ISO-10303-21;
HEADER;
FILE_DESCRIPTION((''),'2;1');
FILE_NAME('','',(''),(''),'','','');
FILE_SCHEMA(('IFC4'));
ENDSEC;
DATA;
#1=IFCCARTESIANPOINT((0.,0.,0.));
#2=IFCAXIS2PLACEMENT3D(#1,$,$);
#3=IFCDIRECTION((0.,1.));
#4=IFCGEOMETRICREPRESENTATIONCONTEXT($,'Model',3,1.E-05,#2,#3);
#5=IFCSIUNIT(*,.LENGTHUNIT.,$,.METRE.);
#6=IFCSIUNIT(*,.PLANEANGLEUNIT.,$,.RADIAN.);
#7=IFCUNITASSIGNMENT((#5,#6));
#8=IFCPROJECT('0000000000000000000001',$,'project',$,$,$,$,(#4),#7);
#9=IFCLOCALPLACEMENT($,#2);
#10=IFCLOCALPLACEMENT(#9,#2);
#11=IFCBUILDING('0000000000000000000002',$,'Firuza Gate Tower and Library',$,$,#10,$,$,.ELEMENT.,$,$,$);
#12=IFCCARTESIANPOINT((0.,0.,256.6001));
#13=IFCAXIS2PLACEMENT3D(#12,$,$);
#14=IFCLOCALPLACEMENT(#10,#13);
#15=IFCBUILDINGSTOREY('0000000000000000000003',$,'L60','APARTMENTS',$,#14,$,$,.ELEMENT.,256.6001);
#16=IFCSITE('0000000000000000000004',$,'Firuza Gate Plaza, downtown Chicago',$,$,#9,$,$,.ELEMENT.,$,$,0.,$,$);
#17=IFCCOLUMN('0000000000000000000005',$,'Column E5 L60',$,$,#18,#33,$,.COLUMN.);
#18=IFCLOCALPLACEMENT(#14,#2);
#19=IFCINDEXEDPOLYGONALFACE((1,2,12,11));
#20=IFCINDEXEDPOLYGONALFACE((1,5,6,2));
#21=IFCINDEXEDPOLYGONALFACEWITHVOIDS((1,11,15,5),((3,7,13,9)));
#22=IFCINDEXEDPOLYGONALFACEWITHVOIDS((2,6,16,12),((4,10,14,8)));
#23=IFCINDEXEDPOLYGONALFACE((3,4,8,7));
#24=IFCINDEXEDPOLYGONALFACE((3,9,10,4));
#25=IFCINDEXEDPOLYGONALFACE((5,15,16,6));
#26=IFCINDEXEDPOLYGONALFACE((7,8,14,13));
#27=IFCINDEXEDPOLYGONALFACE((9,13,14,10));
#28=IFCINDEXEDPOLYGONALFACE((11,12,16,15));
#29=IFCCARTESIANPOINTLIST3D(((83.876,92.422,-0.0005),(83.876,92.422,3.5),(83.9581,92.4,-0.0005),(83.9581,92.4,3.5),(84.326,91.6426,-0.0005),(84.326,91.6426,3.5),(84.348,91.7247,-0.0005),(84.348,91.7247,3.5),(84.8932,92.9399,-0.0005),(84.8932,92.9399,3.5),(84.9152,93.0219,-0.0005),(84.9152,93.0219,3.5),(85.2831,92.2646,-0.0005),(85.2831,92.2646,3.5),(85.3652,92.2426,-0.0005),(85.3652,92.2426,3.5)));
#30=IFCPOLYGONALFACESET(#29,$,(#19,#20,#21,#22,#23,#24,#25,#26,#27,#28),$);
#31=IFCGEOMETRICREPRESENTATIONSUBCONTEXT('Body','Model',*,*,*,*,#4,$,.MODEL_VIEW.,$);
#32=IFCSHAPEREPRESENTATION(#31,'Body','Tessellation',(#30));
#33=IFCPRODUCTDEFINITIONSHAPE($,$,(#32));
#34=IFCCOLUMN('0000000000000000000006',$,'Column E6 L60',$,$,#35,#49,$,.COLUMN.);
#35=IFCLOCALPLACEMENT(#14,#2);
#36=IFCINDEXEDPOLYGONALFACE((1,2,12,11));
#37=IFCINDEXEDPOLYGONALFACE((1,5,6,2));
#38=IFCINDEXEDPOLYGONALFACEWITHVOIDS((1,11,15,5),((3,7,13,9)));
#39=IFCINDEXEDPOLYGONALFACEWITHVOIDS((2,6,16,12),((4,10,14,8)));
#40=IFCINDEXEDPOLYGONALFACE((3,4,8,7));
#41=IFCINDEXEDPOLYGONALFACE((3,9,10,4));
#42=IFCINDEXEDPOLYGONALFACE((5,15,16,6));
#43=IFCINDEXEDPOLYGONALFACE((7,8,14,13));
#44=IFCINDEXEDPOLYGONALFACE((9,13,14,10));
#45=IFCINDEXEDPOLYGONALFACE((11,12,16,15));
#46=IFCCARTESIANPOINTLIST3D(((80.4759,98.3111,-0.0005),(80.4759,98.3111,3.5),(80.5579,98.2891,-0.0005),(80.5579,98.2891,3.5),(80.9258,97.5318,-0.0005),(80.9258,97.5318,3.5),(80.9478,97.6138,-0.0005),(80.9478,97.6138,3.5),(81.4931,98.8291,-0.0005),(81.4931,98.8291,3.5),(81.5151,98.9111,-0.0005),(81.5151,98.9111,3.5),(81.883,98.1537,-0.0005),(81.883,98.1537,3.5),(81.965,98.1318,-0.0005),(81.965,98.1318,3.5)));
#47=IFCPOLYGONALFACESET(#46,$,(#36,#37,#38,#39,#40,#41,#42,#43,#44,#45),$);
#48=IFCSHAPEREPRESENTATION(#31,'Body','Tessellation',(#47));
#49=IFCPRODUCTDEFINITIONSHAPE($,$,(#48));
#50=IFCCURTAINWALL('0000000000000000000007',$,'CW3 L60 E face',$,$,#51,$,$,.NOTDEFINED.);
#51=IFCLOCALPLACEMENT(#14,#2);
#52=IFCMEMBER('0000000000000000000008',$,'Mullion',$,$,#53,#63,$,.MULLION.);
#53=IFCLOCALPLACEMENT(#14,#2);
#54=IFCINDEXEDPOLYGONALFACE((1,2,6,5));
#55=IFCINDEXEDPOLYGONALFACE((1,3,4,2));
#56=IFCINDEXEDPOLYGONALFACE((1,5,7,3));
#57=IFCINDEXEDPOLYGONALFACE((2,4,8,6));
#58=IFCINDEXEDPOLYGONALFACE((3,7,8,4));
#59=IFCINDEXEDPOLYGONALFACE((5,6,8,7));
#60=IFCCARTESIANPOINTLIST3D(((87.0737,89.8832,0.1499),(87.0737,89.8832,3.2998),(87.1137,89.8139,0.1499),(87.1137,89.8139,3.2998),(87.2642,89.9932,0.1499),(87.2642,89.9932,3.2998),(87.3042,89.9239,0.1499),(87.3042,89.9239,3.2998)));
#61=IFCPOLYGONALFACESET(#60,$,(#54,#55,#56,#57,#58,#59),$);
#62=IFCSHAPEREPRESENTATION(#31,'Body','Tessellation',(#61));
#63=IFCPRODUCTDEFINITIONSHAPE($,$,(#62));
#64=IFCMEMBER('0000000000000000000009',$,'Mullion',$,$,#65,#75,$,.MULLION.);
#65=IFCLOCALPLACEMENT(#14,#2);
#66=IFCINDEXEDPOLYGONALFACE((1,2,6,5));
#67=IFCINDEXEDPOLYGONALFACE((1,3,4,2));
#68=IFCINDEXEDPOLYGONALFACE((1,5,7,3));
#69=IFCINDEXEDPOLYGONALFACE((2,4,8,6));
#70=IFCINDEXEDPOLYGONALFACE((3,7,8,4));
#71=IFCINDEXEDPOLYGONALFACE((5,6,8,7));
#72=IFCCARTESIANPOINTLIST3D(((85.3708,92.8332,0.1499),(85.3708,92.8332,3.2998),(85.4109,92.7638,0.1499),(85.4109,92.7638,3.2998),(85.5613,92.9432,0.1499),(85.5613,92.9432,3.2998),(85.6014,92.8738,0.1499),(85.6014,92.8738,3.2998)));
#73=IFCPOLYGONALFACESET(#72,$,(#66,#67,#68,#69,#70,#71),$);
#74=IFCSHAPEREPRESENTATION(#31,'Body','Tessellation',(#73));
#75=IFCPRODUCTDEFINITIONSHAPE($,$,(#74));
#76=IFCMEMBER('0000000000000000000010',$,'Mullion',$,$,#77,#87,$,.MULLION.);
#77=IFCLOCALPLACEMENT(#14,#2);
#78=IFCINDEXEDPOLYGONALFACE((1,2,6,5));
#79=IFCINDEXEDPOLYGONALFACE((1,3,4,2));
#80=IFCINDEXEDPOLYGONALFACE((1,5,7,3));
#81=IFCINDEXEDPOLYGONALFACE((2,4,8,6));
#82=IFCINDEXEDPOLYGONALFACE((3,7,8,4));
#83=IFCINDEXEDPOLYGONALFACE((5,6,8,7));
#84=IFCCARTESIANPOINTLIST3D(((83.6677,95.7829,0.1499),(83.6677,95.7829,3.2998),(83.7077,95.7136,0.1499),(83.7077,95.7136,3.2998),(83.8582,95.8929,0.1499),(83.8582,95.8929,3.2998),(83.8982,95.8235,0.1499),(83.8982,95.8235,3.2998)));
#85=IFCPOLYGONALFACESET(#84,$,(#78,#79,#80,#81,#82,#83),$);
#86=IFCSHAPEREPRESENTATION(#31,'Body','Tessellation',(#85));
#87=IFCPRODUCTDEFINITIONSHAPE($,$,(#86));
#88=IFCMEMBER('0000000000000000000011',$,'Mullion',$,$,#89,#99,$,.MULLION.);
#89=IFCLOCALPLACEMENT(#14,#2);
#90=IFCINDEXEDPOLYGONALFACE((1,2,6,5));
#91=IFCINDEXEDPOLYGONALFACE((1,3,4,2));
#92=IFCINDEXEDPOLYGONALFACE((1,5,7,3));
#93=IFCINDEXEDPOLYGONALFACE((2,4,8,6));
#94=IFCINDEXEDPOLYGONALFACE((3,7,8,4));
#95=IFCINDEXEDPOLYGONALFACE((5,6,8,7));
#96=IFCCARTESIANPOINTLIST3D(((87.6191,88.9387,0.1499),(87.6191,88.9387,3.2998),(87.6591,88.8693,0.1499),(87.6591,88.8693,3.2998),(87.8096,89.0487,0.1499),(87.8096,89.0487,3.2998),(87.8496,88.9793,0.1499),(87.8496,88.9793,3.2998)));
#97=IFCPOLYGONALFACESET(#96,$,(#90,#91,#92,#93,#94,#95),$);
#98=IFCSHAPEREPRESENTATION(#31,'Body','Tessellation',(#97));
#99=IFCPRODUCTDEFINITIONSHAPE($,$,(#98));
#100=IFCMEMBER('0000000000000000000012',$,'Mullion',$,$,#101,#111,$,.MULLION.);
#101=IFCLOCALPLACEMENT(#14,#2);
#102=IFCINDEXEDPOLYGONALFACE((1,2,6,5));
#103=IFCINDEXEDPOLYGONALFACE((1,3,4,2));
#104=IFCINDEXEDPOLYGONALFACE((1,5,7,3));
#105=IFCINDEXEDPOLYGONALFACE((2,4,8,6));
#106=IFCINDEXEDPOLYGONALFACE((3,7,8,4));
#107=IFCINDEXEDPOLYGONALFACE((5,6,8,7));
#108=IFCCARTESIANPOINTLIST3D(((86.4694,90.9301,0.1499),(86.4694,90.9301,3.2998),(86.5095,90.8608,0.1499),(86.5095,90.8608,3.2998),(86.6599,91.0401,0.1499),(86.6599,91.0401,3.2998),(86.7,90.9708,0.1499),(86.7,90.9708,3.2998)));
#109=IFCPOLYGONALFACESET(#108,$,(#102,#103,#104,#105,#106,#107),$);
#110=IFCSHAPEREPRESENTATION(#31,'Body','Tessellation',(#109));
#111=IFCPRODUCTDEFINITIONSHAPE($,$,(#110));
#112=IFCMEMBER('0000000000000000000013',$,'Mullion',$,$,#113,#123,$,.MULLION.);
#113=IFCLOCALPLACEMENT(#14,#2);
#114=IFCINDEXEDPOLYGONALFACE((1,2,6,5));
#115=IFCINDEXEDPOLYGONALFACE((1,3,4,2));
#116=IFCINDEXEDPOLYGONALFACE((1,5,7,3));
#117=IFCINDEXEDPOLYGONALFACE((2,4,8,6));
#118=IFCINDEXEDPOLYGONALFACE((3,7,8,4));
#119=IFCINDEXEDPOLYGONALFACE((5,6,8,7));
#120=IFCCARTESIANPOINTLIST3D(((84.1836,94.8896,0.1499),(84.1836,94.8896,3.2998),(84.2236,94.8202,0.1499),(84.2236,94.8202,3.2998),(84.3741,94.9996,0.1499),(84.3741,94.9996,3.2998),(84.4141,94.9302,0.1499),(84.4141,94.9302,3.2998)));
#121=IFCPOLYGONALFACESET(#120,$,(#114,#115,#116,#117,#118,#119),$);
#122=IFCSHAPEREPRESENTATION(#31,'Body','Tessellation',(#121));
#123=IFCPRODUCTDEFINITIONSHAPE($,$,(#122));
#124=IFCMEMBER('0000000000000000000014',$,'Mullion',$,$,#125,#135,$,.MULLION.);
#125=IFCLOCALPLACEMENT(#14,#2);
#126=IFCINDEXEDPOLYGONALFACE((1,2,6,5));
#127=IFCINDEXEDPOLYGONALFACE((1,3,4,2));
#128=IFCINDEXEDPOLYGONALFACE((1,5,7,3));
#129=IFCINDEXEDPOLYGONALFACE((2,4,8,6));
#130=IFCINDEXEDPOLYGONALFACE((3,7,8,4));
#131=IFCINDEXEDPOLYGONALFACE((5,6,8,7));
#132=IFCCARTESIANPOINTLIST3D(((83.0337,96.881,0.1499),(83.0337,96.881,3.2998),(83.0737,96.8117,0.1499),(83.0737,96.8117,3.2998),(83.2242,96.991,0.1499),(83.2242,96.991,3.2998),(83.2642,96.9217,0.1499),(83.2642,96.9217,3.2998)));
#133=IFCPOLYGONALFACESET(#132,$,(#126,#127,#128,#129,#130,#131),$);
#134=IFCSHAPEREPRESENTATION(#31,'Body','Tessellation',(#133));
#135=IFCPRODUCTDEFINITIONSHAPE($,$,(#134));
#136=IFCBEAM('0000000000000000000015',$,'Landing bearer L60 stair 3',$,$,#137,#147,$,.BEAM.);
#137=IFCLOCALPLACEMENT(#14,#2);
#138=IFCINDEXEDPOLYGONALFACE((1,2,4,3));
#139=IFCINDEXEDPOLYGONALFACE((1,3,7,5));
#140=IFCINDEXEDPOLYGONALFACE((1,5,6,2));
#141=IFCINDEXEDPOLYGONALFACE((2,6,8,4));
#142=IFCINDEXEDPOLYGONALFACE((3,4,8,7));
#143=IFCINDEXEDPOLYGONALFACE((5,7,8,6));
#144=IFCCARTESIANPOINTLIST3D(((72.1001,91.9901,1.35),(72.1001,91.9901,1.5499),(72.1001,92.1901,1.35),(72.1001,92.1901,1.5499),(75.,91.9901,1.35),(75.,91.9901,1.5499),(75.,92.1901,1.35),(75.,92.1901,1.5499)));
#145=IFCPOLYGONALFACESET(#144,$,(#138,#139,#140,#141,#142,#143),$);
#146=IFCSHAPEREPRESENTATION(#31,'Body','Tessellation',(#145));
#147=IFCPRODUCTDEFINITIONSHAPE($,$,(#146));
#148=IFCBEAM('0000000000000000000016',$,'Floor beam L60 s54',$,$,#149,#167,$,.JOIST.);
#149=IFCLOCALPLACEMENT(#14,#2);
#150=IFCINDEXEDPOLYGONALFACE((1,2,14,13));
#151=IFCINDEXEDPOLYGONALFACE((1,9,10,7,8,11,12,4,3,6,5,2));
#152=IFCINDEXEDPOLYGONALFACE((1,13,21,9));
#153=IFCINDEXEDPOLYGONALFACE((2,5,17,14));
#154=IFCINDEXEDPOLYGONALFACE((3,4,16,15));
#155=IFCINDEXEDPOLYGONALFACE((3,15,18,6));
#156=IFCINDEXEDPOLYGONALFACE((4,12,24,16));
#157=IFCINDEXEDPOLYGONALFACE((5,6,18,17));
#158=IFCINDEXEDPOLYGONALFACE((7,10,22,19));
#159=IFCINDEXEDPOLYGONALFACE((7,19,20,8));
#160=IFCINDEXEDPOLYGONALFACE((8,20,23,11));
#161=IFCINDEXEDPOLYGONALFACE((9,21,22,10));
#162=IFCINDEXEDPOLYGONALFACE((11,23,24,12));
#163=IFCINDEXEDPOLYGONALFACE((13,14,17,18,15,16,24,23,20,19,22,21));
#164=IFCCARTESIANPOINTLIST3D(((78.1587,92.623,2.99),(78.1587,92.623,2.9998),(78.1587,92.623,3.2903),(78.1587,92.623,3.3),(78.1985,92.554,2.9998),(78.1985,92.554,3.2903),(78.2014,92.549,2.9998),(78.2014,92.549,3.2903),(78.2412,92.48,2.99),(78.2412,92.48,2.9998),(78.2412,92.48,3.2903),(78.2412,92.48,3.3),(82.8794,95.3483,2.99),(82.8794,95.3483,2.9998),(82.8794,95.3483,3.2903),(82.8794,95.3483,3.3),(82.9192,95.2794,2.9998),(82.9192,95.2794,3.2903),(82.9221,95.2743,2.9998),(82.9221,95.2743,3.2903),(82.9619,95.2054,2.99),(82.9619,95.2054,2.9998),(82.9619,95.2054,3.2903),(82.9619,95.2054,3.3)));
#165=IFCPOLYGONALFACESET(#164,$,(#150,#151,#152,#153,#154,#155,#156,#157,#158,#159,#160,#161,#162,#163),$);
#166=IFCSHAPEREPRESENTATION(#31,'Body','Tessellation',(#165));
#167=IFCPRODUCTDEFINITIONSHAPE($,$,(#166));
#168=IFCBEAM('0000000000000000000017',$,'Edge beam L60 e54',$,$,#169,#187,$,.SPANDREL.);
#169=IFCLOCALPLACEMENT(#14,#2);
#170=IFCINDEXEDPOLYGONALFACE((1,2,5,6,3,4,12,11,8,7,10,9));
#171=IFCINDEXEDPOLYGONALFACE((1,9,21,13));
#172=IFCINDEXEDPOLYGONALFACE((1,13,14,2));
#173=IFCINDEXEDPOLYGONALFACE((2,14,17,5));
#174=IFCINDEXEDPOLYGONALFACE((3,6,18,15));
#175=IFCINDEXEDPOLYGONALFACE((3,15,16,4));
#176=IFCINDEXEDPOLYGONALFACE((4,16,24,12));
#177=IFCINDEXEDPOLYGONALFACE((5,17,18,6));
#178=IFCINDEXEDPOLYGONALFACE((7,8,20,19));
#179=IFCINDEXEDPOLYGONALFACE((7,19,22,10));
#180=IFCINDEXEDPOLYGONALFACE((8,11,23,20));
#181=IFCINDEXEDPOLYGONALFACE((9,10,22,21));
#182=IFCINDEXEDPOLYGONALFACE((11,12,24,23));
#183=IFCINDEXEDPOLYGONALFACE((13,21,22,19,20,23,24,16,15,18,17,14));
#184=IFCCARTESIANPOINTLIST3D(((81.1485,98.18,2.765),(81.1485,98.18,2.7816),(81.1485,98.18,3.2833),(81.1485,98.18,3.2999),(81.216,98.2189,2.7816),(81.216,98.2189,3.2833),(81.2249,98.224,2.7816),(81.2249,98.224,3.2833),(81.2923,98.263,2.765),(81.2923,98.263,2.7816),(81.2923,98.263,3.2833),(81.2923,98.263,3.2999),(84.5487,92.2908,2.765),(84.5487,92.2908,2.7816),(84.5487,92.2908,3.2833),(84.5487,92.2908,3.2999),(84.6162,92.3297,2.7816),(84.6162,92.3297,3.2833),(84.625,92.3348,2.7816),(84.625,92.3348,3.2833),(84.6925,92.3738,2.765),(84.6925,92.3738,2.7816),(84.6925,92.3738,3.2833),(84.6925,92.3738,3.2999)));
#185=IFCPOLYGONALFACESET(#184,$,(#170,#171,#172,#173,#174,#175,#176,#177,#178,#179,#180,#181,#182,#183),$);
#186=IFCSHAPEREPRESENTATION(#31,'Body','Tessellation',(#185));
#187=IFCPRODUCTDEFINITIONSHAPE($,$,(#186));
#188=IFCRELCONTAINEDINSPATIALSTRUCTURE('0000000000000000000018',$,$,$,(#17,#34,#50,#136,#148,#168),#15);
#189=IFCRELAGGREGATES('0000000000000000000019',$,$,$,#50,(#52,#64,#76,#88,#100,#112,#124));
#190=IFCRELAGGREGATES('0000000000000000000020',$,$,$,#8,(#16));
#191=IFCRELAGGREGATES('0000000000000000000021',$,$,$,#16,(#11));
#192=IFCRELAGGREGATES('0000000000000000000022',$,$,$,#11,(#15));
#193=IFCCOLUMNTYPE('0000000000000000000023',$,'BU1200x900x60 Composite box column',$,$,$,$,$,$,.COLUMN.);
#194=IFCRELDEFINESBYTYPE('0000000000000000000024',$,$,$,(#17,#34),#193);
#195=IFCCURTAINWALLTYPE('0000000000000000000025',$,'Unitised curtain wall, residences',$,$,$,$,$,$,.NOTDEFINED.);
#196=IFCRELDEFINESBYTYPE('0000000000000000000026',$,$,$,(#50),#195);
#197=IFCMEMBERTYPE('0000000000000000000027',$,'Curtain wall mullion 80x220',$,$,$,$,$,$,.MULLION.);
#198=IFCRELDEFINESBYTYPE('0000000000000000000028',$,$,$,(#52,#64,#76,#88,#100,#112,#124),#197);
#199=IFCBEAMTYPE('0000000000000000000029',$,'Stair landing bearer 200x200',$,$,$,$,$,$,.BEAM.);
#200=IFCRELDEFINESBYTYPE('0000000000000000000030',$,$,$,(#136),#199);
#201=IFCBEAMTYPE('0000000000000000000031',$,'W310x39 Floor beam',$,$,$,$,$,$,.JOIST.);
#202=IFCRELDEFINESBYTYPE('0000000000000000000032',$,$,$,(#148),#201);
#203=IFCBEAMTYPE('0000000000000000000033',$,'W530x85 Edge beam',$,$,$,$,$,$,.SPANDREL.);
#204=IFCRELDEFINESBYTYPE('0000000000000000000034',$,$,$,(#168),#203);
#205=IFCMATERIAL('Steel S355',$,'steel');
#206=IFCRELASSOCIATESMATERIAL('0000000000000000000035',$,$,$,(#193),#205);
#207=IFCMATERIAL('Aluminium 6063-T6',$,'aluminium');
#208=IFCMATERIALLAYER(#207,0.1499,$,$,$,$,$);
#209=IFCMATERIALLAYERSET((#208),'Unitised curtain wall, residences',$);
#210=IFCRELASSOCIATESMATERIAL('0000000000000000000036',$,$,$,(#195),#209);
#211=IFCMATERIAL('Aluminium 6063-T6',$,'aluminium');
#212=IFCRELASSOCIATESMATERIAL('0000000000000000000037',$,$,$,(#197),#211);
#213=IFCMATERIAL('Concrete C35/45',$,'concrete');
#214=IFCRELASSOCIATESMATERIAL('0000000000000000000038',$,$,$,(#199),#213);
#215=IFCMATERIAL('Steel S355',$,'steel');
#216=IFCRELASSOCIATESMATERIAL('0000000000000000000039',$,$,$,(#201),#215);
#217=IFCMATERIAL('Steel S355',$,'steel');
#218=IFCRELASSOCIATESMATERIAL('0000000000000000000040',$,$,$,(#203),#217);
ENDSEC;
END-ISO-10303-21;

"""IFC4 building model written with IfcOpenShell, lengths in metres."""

from ifc_helpers import new_model, si_unit, direction, frame, origin, origin_2d, place, context, subcontext, project, spatial, rectangle, hollow_rectangle, i_section, extrude, material, layer, layer_set, material_profile, profile_set, type_object, element, aggregate, save


model = new_model("IFC4")

# Units and contexts
model_context = context("Model", 3, precision=1e-05, world=origin(), true_north=direction((0.0, 1.0)))
body_context = subcontext(model_context, "Body", "Model", "MODEL_VIEW")
ifc_project = project(units=[si_unit("LENGTHUNIT", "METRE"), si_unit("PLANEANGLEUNIT", "RADIAN")], contexts=[model_context])

# Site, building, storey
site_placement = place(None, origin())
site = spatial("IfcSite", under=ifc_project, at=site_placement, Name="Firuza Gate Plaza, downtown Chicago", CompositionType="ELEMENT", RefElevation=0.0)
building_placement = place(site_placement, origin())
building = spatial("IfcBuilding", under=site, at=building_placement, Name="Firuza Gate Tower and Library", CompositionType="ELEMENT")
storey_placement = place(building_placement, frame((0.0, 0.0, 256.6001)))
storey = spatial("IfcBuildingStorey", under=building, at=storey_placement, Name="L60", Description="APARTMENTS", CompositionType="ELEMENT", Elevation=256.6001)

# Columns
ifc_material_1 = material(Name="Steel S355", Category="steel")
ifc_material_profile_1 = material_profile(ifc_material_1, hollow_rectangle(XDim=0.8999, YDim=1.2, WallThickness=0.0601, at=origin_2d()))
ifc_profile_set_1 = profile_set([ifc_material_profile_1], Name="Steel S355")
column_type = type_object("IfcColumnType", Name="BU1200x900x60 Composite box column", PredefinedType="COLUMN", material=ifc_profile_set_1)
for number, where, z_axis, x_axis, name in (
    (1, (84.6206, 92.3323, -0.0005), (0.0, 0.0, 1.0), (-0.5, 0.866025, 0.0), "Column E5 L60"),
    (2, (81.2205, 98.2214, -0.0005), (0.0, 0.0, 1.0), (-0.5, 0.866025, 0.0), "Column E6 L60"),
):
    element("IfcColumn", number, at=place(storey_placement, frame(where, z_axis=z_axis, x_axis=x_axis)), inside=storey, type_object=column_type, Name=name, PredefinedType="COLUMN", context=body_context, shape_type="SweptSolid", body=[
        extrude(hollow_rectangle(XDim=0.8999, YDim=1.2, WallThickness=0.0601, at=origin_2d()), origin(), (0.0, 0.0, 1.0), 3.5005),
    ])

# Curtain wall, members
ifc_material_2 = material(Name="Aluminium 6063-T6", Category="aluminium")
ifc_layer_1 = layer(ifc_material_2, 0.1499)
ifc_layer_set_1 = layer_set([ifc_layer_1], Name="Unitised curtain wall, residences")
curtain_wall_type = type_object("IfcCurtainWallType", Name="Unitised curtain wall, residences", PredefinedType="NOTDEFINED", material=ifc_layer_set_1)
placement = place(storey_placement, origin())
curtain_wall = element("IfcCurtainWall", 3, at=placement, inside=storey, type_object=curtain_wall_type, Name="CW3 L60 E face", PredefinedType="NOTDEFINED")
ifc_material_3 = material(Name="Aluminium 6063-T6", Category="aluminium")
ifc_material_profile_2 = material_profile(ifc_material_3, rectangle(XDim=0.22, YDim=0.0801, at=origin_2d()))
ifc_profile_set_2 = profile_set([ifc_material_profile_2], Name="Aluminium 6063-T6")
member_type = type_object("IfcMemberType", Name="Curtain wall mullion 80x220", PredefinedType="MULLION", material=ifc_profile_set_2)
member_1_placement = place(storey_placement, frame((87.189, 89.9036, 0.1499), z_axis=(0.0, 0.0, 1.0), x_axis=(-0.866025, -0.5, 0.0)))
member_1 = element("IfcMember", 4, at=member_1_placement, type_object=member_type, Name="Mullion", PredefinedType="MULLION", context=body_context, shape_type="SweptSolid", body=[
    extrude(rectangle(XDim=0.22, YDim=0.0801, at=origin_2d()), origin(), (0.0, 0.0, 1.0), 3.1499),
])
member_2_placement = place(storey_placement, frame((85.4861, 92.8535, 0.1499), z_axis=(0.0, 0.0, 1.0), x_axis=(-0.866025, -0.5, 0.0)))
member_2 = element("IfcMember", 5, at=member_2_placement, type_object=member_type, Name="Mullion", PredefinedType="MULLION", context=body_context, shape_type="SweptSolid", body=[
    extrude(rectangle(XDim=0.22, YDim=0.0801, at=origin_2d()), origin(), (0.0, 0.0, 1.0), 3.1499),
])
member_3_placement = place(storey_placement, frame((83.783, 95.8032, 0.1499), z_axis=(0.0, 0.0, 1.0), x_axis=(-0.866025, -0.5, 0.0)))
member_3 = element("IfcMember", 6, at=member_3_placement, type_object=member_type, Name="Mullion", PredefinedType="MULLION", context=body_context, shape_type="SweptSolid", body=[
    extrude(rectangle(XDim=0.22, YDim=0.0801, at=origin_2d()), origin(), (0.0, 0.0, 1.0), 3.1499),
])
member_4_placement = place(storey_placement, frame((87.7344, 88.959, 0.1499), z_axis=(0.0, 0.0, 1.0), x_axis=(-0.866025, -0.5, 0.0)))
member_4 = element("IfcMember", 7, at=member_4_placement, type_object=member_type, Name="Mullion", PredefinedType="MULLION", context=body_context, shape_type="SweptSolid", body=[
    extrude(rectangle(XDim=0.22, YDim=0.0801, at=origin_2d()), origin(), (0.0, 0.0, 1.0), 3.1499),
])
member_5_placement = place(storey_placement, frame((86.5847, 90.9504, 0.1499), z_axis=(0.0, 0.0, 1.0), x_axis=(-0.866025, -0.5, 0.0)))
member_5 = element("IfcMember", 8, at=member_5_placement, type_object=member_type, Name="Mullion", PredefinedType="MULLION", context=body_context, shape_type="SweptSolid", body=[
    extrude(rectangle(XDim=0.22, YDim=0.0801, at=origin_2d()), origin(), (0.0, 0.0, 1.0), 3.1499),
])
member_6_placement = place(storey_placement, frame((84.2988, 94.9099, 0.1499), z_axis=(0.0, 0.0, 1.0), x_axis=(-0.866025, -0.5, 0.0)))
member_6 = element("IfcMember", 9, at=member_6_placement, type_object=member_type, Name="Mullion", PredefinedType="MULLION", context=body_context, shape_type="SweptSolid", body=[
    extrude(rectangle(XDim=0.22, YDim=0.0801, at=origin_2d()), origin(), (0.0, 0.0, 1.0), 3.1499),
])
member_7_placement = place(storey_placement, frame((83.1489, 96.9014, 0.1499), z_axis=(0.0, 0.0, 1.0), x_axis=(-0.866025, -0.5, 0.0)))
member_7 = element("IfcMember", 10, at=member_7_placement, type_object=member_type, Name="Mullion", PredefinedType="MULLION", context=body_context, shape_type="SweptSolid", body=[
    extrude(rectangle(XDim=0.22, YDim=0.0801, at=origin_2d()), origin(), (0.0, 0.0, 1.0), 3.1499),
])

# Beams
ifc_material_4 = material(Name="Concrete C35/45", Category="concrete")
ifc_material_profile_3 = material_profile(ifc_material_4, rectangle(XDim=0.2, YDim=0.2, at=origin_2d()))
ifc_profile_set_3 = profile_set([ifc_material_profile_3], Name="Concrete C35/45")
beam_type_1 = type_object("IfcBeamType", Name="Stair landing bearer 200x200", PredefinedType="BEAM", material=ifc_profile_set_3)
beam_1_placement = place(storey_placement, frame((75.0, 92.0901, 1.45), z_axis=(-1.0, 0.0, 0.0), x_axis=(0.0, -1.0, 0.0)))
element("IfcBeam", 11, at=beam_1_placement, inside=storey, type_object=beam_type_1, Name="Landing bearer L60 stair 3", PredefinedType="BEAM", context=body_context, shape_type="SweptSolid", body=[
    extrude(rectangle(XDim=0.2, YDim=0.2, at=origin_2d()), origin(), (0.0, 0.0, 1.0), 2.8999),
])
ifc_material_5 = material(Name="Steel S355", Category="steel")
ifc_material_profile_4 = material_profile(ifc_material_5, i_section(OverallWidth=0.165, OverallDepth=0.3101, WebThickness=0.0059, FlangeThickness=0.0098, at=origin_2d()))
ifc_profile_set_4 = profile_set([ifc_material_profile_4], Name="Steel S355")
beam_type_2 = type_object("IfcBeamType", Name="W310x39 Floor beam", PredefinedType="JOIST", material=ifc_profile_set_4)
beam_2_placement = place(storey_placement, frame((82.9207, 95.2769, 3.145), z_axis=(-0.866038, -0.499978, 0.0), x_axis=(0.499978, -0.866038, 0.0)))
element("IfcBeam", 12, at=beam_2_placement, inside=storey, type_object=beam_type_2, Name="Floor beam L60 s54", PredefinedType="JOIST", context=body_context, shape_type="SweptSolid", body=[
    extrude(i_section(OverallWidth=0.165, OverallDepth=0.3101, WebThickness=0.0059, FlangeThickness=0.0098, at=origin_2d()), origin(), (0.0, 0.0, 1.0), 5.4509),
])
ifc_material_6 = material(Name="Steel S355", Category="steel")
ifc_material_profile_5 = material_profile(ifc_material_6, i_section(OverallWidth=0.166, OverallDepth=0.5349, WebThickness=0.0103, FlangeThickness=0.0166, at=origin_2d()))
ifc_profile_set_5 = profile_set([ifc_material_profile_5], Name="Steel S355")
beam_type_3 = type_object("IfcBeamType", Name="W530x85 Edge beam", PredefinedType="SPANDREL", material=ifc_profile_set_5)
beam_3_placement = place(storey_placement, frame((84.6206, 92.3323, 3.0325), z_axis=(-0.500004, 0.866023, 0.0), x_axis=(-0.866023, -0.500004, 0.0)))
element("IfcBeam", 13, at=beam_3_placement, inside=storey, type_object=beam_type_3, Name="Edge beam L60 e54", PredefinedType="SPANDREL", context=body_context, shape_type="SweptSolid", body=[
    extrude(i_section(OverallWidth=0.166, OverallDepth=0.5349, WebThickness=0.0103, FlangeThickness=0.0166, at=origin_2d()), origin(), (0.0, 0.0, 1.0), 6.8003),
])

aggregate(curtain_wall, [member_1, member_2, member_3, member_4, member_5, member_6, member_7])

save(model, "model.ifc")
